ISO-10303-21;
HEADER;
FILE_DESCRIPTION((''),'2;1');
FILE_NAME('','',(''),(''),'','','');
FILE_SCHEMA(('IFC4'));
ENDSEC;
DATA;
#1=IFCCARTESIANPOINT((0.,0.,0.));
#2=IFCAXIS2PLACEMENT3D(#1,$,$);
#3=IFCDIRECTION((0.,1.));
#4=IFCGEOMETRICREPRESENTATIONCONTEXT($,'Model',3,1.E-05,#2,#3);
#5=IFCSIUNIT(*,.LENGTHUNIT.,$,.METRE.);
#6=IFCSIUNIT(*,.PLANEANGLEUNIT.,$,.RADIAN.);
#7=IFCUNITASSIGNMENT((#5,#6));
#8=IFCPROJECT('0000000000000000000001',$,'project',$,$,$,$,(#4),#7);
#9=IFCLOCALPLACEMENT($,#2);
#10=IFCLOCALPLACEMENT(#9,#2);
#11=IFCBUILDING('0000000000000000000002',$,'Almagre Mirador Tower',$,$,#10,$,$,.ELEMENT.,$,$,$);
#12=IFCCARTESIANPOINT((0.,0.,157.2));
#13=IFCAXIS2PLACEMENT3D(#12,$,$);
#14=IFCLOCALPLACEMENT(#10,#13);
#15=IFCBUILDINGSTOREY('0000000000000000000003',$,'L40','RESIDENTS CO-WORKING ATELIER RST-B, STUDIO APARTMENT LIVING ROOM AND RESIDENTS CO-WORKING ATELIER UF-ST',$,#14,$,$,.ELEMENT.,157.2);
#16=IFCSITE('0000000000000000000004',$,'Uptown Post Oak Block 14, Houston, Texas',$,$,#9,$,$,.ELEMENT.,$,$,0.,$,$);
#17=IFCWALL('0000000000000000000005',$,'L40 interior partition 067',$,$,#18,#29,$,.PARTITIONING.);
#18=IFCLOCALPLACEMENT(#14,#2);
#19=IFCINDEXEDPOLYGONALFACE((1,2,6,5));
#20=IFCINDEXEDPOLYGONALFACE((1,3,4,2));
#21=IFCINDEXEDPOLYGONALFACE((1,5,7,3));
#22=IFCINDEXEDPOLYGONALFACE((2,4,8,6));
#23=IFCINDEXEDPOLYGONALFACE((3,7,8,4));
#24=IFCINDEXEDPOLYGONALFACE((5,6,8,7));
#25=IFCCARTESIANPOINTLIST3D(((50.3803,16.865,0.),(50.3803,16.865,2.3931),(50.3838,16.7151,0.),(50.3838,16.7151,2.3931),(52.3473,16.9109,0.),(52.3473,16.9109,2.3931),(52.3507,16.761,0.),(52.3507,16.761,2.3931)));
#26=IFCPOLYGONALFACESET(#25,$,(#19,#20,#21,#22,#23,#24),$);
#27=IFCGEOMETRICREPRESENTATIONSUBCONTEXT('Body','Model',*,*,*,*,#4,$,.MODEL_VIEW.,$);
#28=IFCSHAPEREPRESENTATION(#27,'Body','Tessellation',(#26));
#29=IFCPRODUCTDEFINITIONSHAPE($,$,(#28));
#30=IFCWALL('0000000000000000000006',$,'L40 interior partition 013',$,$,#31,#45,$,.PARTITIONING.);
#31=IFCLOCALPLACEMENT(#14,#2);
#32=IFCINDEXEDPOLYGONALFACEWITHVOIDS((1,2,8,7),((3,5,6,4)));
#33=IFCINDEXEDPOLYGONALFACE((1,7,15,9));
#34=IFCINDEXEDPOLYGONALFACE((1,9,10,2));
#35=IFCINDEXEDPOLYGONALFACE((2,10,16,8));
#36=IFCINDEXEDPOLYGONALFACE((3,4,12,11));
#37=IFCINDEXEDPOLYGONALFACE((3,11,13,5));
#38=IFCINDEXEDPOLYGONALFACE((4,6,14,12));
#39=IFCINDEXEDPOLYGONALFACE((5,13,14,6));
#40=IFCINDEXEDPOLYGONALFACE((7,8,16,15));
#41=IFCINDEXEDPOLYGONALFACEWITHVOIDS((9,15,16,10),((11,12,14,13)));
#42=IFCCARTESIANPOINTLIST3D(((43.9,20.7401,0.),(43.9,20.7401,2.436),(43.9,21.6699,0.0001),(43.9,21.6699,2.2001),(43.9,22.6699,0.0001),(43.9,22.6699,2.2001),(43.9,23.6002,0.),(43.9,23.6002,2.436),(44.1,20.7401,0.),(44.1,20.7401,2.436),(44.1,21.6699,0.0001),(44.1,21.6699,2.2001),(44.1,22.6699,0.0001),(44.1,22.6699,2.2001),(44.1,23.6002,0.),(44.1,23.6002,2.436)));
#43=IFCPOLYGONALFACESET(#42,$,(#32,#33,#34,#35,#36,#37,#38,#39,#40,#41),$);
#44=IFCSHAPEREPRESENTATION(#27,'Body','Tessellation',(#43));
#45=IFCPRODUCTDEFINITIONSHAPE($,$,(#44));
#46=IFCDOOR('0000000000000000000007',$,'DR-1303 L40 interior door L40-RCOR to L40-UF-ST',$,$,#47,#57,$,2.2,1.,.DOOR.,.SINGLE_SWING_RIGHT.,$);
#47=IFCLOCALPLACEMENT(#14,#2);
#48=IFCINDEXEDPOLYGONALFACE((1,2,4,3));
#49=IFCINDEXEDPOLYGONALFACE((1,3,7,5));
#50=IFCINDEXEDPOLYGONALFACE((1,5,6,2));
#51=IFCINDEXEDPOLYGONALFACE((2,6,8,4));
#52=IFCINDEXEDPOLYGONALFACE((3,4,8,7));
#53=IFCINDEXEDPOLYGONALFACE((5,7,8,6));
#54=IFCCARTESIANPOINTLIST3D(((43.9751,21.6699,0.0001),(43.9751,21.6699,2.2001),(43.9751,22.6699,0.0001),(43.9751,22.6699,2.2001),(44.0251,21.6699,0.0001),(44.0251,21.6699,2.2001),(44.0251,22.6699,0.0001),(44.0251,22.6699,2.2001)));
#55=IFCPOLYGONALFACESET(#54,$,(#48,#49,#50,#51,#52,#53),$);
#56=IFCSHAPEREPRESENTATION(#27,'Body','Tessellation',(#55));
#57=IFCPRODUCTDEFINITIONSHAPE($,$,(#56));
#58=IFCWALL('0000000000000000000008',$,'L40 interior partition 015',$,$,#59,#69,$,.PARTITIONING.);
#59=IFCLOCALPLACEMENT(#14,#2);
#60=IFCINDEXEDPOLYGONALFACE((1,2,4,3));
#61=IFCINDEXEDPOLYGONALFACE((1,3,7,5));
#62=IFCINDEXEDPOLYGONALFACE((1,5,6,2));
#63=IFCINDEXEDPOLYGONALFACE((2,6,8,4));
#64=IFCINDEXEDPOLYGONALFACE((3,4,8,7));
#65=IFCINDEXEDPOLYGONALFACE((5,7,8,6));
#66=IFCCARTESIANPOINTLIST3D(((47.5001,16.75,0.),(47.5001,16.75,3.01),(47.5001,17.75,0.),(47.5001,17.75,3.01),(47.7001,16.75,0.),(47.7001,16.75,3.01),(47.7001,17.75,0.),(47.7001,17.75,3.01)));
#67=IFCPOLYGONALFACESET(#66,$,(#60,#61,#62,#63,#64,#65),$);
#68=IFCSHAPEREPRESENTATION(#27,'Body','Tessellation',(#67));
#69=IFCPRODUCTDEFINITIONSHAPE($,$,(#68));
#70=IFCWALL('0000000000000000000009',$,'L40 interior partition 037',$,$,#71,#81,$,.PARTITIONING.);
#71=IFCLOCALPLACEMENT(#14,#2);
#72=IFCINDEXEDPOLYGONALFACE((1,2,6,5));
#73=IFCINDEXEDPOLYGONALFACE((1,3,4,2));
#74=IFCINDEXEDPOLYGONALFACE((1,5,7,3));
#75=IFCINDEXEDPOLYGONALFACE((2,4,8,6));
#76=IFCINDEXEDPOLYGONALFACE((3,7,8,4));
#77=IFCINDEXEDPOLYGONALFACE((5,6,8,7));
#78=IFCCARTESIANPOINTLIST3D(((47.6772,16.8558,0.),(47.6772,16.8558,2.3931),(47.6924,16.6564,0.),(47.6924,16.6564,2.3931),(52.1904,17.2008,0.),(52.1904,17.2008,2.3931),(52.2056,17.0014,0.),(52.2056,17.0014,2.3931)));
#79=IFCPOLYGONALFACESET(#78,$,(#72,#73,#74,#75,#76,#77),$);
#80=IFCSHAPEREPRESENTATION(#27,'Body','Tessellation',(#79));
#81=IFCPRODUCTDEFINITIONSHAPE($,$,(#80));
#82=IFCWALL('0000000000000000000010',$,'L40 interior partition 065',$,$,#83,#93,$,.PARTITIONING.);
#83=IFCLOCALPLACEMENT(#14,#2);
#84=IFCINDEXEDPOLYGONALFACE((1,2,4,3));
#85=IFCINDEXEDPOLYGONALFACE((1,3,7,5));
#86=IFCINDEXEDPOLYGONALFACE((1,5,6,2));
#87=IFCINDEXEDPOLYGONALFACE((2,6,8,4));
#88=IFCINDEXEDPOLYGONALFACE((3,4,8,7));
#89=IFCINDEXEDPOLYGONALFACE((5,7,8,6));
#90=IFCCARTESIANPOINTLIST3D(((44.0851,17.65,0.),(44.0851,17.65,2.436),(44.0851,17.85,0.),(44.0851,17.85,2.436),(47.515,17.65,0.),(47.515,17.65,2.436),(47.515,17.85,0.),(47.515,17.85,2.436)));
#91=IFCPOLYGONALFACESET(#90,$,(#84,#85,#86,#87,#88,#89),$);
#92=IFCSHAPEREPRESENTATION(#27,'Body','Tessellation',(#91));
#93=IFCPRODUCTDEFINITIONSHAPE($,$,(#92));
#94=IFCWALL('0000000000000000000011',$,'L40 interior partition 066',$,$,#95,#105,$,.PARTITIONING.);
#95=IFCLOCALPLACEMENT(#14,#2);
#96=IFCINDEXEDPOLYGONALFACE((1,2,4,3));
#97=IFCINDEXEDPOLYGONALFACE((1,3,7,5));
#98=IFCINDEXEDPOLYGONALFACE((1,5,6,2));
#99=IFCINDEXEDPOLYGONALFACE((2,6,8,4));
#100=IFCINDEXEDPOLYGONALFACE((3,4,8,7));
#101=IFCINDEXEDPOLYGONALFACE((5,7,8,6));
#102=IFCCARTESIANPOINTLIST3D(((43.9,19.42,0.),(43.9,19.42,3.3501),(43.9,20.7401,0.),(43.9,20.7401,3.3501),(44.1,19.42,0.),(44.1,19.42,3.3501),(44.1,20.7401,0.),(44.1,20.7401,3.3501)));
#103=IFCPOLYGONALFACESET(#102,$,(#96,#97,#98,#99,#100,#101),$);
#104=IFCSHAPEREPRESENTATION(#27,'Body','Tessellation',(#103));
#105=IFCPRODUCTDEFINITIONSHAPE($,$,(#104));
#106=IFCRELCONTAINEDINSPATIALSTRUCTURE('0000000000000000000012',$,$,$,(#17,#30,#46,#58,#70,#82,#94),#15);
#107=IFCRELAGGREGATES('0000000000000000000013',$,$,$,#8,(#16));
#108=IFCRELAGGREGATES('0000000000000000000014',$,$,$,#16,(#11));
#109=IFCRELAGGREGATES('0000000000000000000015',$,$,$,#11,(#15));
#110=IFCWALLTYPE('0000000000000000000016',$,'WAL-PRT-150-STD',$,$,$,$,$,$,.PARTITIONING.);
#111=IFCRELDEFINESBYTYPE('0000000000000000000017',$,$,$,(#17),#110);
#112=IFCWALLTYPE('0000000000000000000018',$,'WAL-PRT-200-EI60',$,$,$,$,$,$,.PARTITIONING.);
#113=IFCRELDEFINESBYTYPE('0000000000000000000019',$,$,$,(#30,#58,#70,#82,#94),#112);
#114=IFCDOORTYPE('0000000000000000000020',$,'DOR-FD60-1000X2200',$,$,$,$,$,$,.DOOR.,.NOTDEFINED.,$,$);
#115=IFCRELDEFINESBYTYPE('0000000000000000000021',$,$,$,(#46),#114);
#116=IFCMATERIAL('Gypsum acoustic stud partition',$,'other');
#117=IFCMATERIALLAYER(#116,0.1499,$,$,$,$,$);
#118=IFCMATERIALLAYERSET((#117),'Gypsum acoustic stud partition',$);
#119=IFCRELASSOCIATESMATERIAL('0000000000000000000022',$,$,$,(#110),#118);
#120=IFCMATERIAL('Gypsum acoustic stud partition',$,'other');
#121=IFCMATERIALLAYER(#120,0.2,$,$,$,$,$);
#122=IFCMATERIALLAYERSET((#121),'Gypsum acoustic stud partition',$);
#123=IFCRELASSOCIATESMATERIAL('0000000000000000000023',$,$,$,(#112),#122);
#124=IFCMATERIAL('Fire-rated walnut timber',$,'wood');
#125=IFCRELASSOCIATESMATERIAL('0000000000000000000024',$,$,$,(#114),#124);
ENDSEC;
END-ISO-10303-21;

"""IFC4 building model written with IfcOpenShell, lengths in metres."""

from ifc_helpers import new_model, si_unit, direction, frame, frame_2d, origin, place, context, subcontext, project, spatial, rectangle, extrude, material, layer, layer_set, type_object, element, fill, save


model = new_model("IFC4")

# Units and contexts
model_context = context("Model", 3, precision=1e-05, world=origin(), true_north=direction((0.0, 1.0)))
body_context = subcontext(model_context, "Body", "Model", "MODEL_VIEW")
ifc_project = project(units=[si_unit("LENGTHUNIT", "METRE"), si_unit("PLANEANGLEUNIT", "RADIAN")], contexts=[model_context])

# Site, building, storey
site_placement = place(None, origin())
site = spatial("IfcSite", under=ifc_project, at=site_placement, Name="Uptown Post Oak Block 14, Houston, Texas", CompositionType="ELEMENT", RefElevation=0.0)
building_placement = place(site_placement, origin())
building = spatial("IfcBuilding", under=site, at=building_placement, Name="Almagre Mirador Tower", CompositionType="ELEMENT")
storey_placement = place(building_placement, frame((0.0, 0.0, 157.2)))
storey = spatial("IfcBuildingStorey", under=building, at=storey_placement, Name="L40", Description="RESIDENTS CO-WORKING ATELIER RST-B, STUDIO APARTMENT LIVING ROOM AND RESIDENTS CO-WORKING ATELIER UF-ST", CompositionType="ELEMENT", Elevation=157.2)

# Wall
ifc_material_1 = material(Name="Gypsum acoustic stud partition", Category="other")
ifc_layer_1 = layer(ifc_material_1, 0.1499)
ifc_layer_set_1 = layer_set([ifc_layer_1], Name="Gypsum acoustic stud partition")
wall_type_1 = type_object("IfcWallType", Name="WAL-PRT-150-STD", PredefinedType="PARTITIONING", material=ifc_layer_set_1)
wall_1_placement = place(storey_placement, frame((52.3491, 16.8359, 0.0), z_axis=(0.0, 0.0, 1.0), x_axis=(-0.999728, -0.023327, 0.0)))
element("IfcWall", 1, at=wall_1_placement, inside=storey, type_object=wall_type_1, Name="L40 interior partition 067", PredefinedType="PARTITIONING", context=body_context, shape_type="SweptSolid", body=[
    extrude(rectangle(XDim=1.9675, YDim=0.1499, at=frame_2d((0.9839, 0.0))), origin(), (0.0, 0.0, 1.0), 2.3931),
])

# Wall, opening, door
ifc_material_2 = material(Name="Gypsum acoustic stud partition", Category="other")
ifc_layer_2 = layer(ifc_material_2, 0.2)
ifc_layer_set_2 = layer_set([ifc_layer_2], Name="Gypsum acoustic stud partition")
wall_type_2 = type_object("IfcWallType", Name="WAL-PRT-200-EI60", PredefinedType="PARTITIONING", material=ifc_layer_set_2)
wall_2_placement = place(storey_placement, frame((44.0, 20.74, 0.0), z_axis=(0.0, 0.0, 1.0), x_axis=(0.0, 1.0, 0.0)))
wall_2 = element("IfcWall", 2, at=wall_2_placement, inside=storey, type_object=wall_type_2, Name="L40 interior partition 013", PredefinedType="PARTITIONING", context=body_context, shape_type="SweptSolid", body=[
    extrude(rectangle(XDim=2.8601, YDim=0.2, at=frame_2d((1.4302, 0.0))), origin(), (0.0, 0.0, 1.0), 2.436),
])
opening_1_placement = place(wall_2_placement, frame((0.9299, 0.0, 0.0)))
opening_1 = element("IfcOpeningElement", 3, at=opening_1_placement, cuts=wall_2, PredefinedType="OPENING", context=body_context, shape_type="SweptSolid", body=[
    extrude(rectangle(XDim=1.0, YDim=2.2, at=frame_2d((0.5, 1.1001))), frame((0.0, 0.1101, 0.0), z_axis=(0.0, -1.0, 0.0), x_axis=(1.0, 0.0, 0.0)), (0.0, 0.0, 1.0), 0.22),
])
ifc_material_3 = material(Name="Fire-rated walnut timber", Category="wood")
door_type_1 = type_object("IfcDoorType", Name="DOR-FD60-1000X2200", OperationType="NOTDEFINED", PredefinedType="DOOR", material=ifc_material_3)
door_1_placement = place(opening_1_placement, origin())
door_1 = element("IfcDoor", 4, at=door_1_placement, inside=storey, type_object=door_type_1, Name="DR-1303 L40 interior door L40-RCOR to L40-UF-ST", OperationType="SINGLE_SWING_RIGHT", OverallHeight=2.2, OverallWidth=1.0, PredefinedType="DOOR", context=body_context, shape_type="SweptSolid", body=[
    extrude(rectangle(XDim=1.0, YDim=2.2, at=frame_2d((0.5, 1.1001))), frame((0.0, 0.0249, 0.0), z_axis=(0.0, -1.0, 0.0), x_axis=(1.0, 0.0, 0.0)), (0.0, 0.0, 1.0), 0.05),
])
fill(opening_1, door_1)

# Walls
wall_3_placement = place(storey_placement, frame((47.6001, 16.75, 0.0), z_axis=(0.0, 0.0, 1.0), x_axis=(0.0, 1.0, 0.0)))
element("IfcWall", 5, at=wall_3_placement, inside=storey, type_object=wall_type_2, Name="L40 interior partition 015", PredefinedType="PARTITIONING", context=body_context, shape_type="SweptSolid", body=[
    extrude(rectangle(XDim=1.0, YDim=0.2, at=frame_2d((0.5, 0.0))), origin(), (0.0, 0.0, 1.0), 3.01),
])
wall_4_placement = place(storey_placement, frame((52.198, 17.1011, 0.0), z_axis=(0.0, 0.0, 1.0), x_axis=(-0.997091, -0.076214, 0.0)))
element("IfcWall", 6, at=wall_4_placement, inside=storey, type_object=wall_type_2, Name="L40 interior partition 037", PredefinedType="PARTITIONING", context=body_context, shape_type="SweptSolid", body=[
    extrude(rectangle(XDim=4.5264, YDim=0.2, at=frame_2d((2.2632, 0.0))), origin(), (0.0, 0.0, 1.0), 2.3931),
])
wall_5_placement = place(storey_placement, frame((47.5149, 17.75, 0.0), z_axis=(0.0, 0.0, 1.0), x_axis=(-1.0, 0.0, 0.0)))
element("IfcWall", 7, at=wall_5_placement, inside=storey, type_object=wall_type_2, Name="L40 interior partition 065", PredefinedType="PARTITIONING", context=body_context, shape_type="SweptSolid", body=[
    extrude(rectangle(XDim=3.4299, YDim=0.2, at=frame_2d((1.7148, 0.0))), origin(), (0.0, 0.0, 1.0), 2.436),
])
wall_6_placement = place(storey_placement, frame((44.0, 19.4199, 0.0), z_axis=(0.0, 0.0, 1.0), x_axis=(0.0, 1.0, 0.0)))
element("IfcWall", 8, at=wall_6_placement, inside=storey, type_object=wall_type_2, Name="L40 interior partition 066", PredefinedType="PARTITIONING", context=body_context, shape_type="SweptSolid", body=[
    extrude(rectangle(XDim=1.3201, YDim=0.2, at=frame_2d((0.6602, 0.0))), origin(), (0.0, 0.0, 1.0), 3.3501),
])

save(model, "model.ifc")
